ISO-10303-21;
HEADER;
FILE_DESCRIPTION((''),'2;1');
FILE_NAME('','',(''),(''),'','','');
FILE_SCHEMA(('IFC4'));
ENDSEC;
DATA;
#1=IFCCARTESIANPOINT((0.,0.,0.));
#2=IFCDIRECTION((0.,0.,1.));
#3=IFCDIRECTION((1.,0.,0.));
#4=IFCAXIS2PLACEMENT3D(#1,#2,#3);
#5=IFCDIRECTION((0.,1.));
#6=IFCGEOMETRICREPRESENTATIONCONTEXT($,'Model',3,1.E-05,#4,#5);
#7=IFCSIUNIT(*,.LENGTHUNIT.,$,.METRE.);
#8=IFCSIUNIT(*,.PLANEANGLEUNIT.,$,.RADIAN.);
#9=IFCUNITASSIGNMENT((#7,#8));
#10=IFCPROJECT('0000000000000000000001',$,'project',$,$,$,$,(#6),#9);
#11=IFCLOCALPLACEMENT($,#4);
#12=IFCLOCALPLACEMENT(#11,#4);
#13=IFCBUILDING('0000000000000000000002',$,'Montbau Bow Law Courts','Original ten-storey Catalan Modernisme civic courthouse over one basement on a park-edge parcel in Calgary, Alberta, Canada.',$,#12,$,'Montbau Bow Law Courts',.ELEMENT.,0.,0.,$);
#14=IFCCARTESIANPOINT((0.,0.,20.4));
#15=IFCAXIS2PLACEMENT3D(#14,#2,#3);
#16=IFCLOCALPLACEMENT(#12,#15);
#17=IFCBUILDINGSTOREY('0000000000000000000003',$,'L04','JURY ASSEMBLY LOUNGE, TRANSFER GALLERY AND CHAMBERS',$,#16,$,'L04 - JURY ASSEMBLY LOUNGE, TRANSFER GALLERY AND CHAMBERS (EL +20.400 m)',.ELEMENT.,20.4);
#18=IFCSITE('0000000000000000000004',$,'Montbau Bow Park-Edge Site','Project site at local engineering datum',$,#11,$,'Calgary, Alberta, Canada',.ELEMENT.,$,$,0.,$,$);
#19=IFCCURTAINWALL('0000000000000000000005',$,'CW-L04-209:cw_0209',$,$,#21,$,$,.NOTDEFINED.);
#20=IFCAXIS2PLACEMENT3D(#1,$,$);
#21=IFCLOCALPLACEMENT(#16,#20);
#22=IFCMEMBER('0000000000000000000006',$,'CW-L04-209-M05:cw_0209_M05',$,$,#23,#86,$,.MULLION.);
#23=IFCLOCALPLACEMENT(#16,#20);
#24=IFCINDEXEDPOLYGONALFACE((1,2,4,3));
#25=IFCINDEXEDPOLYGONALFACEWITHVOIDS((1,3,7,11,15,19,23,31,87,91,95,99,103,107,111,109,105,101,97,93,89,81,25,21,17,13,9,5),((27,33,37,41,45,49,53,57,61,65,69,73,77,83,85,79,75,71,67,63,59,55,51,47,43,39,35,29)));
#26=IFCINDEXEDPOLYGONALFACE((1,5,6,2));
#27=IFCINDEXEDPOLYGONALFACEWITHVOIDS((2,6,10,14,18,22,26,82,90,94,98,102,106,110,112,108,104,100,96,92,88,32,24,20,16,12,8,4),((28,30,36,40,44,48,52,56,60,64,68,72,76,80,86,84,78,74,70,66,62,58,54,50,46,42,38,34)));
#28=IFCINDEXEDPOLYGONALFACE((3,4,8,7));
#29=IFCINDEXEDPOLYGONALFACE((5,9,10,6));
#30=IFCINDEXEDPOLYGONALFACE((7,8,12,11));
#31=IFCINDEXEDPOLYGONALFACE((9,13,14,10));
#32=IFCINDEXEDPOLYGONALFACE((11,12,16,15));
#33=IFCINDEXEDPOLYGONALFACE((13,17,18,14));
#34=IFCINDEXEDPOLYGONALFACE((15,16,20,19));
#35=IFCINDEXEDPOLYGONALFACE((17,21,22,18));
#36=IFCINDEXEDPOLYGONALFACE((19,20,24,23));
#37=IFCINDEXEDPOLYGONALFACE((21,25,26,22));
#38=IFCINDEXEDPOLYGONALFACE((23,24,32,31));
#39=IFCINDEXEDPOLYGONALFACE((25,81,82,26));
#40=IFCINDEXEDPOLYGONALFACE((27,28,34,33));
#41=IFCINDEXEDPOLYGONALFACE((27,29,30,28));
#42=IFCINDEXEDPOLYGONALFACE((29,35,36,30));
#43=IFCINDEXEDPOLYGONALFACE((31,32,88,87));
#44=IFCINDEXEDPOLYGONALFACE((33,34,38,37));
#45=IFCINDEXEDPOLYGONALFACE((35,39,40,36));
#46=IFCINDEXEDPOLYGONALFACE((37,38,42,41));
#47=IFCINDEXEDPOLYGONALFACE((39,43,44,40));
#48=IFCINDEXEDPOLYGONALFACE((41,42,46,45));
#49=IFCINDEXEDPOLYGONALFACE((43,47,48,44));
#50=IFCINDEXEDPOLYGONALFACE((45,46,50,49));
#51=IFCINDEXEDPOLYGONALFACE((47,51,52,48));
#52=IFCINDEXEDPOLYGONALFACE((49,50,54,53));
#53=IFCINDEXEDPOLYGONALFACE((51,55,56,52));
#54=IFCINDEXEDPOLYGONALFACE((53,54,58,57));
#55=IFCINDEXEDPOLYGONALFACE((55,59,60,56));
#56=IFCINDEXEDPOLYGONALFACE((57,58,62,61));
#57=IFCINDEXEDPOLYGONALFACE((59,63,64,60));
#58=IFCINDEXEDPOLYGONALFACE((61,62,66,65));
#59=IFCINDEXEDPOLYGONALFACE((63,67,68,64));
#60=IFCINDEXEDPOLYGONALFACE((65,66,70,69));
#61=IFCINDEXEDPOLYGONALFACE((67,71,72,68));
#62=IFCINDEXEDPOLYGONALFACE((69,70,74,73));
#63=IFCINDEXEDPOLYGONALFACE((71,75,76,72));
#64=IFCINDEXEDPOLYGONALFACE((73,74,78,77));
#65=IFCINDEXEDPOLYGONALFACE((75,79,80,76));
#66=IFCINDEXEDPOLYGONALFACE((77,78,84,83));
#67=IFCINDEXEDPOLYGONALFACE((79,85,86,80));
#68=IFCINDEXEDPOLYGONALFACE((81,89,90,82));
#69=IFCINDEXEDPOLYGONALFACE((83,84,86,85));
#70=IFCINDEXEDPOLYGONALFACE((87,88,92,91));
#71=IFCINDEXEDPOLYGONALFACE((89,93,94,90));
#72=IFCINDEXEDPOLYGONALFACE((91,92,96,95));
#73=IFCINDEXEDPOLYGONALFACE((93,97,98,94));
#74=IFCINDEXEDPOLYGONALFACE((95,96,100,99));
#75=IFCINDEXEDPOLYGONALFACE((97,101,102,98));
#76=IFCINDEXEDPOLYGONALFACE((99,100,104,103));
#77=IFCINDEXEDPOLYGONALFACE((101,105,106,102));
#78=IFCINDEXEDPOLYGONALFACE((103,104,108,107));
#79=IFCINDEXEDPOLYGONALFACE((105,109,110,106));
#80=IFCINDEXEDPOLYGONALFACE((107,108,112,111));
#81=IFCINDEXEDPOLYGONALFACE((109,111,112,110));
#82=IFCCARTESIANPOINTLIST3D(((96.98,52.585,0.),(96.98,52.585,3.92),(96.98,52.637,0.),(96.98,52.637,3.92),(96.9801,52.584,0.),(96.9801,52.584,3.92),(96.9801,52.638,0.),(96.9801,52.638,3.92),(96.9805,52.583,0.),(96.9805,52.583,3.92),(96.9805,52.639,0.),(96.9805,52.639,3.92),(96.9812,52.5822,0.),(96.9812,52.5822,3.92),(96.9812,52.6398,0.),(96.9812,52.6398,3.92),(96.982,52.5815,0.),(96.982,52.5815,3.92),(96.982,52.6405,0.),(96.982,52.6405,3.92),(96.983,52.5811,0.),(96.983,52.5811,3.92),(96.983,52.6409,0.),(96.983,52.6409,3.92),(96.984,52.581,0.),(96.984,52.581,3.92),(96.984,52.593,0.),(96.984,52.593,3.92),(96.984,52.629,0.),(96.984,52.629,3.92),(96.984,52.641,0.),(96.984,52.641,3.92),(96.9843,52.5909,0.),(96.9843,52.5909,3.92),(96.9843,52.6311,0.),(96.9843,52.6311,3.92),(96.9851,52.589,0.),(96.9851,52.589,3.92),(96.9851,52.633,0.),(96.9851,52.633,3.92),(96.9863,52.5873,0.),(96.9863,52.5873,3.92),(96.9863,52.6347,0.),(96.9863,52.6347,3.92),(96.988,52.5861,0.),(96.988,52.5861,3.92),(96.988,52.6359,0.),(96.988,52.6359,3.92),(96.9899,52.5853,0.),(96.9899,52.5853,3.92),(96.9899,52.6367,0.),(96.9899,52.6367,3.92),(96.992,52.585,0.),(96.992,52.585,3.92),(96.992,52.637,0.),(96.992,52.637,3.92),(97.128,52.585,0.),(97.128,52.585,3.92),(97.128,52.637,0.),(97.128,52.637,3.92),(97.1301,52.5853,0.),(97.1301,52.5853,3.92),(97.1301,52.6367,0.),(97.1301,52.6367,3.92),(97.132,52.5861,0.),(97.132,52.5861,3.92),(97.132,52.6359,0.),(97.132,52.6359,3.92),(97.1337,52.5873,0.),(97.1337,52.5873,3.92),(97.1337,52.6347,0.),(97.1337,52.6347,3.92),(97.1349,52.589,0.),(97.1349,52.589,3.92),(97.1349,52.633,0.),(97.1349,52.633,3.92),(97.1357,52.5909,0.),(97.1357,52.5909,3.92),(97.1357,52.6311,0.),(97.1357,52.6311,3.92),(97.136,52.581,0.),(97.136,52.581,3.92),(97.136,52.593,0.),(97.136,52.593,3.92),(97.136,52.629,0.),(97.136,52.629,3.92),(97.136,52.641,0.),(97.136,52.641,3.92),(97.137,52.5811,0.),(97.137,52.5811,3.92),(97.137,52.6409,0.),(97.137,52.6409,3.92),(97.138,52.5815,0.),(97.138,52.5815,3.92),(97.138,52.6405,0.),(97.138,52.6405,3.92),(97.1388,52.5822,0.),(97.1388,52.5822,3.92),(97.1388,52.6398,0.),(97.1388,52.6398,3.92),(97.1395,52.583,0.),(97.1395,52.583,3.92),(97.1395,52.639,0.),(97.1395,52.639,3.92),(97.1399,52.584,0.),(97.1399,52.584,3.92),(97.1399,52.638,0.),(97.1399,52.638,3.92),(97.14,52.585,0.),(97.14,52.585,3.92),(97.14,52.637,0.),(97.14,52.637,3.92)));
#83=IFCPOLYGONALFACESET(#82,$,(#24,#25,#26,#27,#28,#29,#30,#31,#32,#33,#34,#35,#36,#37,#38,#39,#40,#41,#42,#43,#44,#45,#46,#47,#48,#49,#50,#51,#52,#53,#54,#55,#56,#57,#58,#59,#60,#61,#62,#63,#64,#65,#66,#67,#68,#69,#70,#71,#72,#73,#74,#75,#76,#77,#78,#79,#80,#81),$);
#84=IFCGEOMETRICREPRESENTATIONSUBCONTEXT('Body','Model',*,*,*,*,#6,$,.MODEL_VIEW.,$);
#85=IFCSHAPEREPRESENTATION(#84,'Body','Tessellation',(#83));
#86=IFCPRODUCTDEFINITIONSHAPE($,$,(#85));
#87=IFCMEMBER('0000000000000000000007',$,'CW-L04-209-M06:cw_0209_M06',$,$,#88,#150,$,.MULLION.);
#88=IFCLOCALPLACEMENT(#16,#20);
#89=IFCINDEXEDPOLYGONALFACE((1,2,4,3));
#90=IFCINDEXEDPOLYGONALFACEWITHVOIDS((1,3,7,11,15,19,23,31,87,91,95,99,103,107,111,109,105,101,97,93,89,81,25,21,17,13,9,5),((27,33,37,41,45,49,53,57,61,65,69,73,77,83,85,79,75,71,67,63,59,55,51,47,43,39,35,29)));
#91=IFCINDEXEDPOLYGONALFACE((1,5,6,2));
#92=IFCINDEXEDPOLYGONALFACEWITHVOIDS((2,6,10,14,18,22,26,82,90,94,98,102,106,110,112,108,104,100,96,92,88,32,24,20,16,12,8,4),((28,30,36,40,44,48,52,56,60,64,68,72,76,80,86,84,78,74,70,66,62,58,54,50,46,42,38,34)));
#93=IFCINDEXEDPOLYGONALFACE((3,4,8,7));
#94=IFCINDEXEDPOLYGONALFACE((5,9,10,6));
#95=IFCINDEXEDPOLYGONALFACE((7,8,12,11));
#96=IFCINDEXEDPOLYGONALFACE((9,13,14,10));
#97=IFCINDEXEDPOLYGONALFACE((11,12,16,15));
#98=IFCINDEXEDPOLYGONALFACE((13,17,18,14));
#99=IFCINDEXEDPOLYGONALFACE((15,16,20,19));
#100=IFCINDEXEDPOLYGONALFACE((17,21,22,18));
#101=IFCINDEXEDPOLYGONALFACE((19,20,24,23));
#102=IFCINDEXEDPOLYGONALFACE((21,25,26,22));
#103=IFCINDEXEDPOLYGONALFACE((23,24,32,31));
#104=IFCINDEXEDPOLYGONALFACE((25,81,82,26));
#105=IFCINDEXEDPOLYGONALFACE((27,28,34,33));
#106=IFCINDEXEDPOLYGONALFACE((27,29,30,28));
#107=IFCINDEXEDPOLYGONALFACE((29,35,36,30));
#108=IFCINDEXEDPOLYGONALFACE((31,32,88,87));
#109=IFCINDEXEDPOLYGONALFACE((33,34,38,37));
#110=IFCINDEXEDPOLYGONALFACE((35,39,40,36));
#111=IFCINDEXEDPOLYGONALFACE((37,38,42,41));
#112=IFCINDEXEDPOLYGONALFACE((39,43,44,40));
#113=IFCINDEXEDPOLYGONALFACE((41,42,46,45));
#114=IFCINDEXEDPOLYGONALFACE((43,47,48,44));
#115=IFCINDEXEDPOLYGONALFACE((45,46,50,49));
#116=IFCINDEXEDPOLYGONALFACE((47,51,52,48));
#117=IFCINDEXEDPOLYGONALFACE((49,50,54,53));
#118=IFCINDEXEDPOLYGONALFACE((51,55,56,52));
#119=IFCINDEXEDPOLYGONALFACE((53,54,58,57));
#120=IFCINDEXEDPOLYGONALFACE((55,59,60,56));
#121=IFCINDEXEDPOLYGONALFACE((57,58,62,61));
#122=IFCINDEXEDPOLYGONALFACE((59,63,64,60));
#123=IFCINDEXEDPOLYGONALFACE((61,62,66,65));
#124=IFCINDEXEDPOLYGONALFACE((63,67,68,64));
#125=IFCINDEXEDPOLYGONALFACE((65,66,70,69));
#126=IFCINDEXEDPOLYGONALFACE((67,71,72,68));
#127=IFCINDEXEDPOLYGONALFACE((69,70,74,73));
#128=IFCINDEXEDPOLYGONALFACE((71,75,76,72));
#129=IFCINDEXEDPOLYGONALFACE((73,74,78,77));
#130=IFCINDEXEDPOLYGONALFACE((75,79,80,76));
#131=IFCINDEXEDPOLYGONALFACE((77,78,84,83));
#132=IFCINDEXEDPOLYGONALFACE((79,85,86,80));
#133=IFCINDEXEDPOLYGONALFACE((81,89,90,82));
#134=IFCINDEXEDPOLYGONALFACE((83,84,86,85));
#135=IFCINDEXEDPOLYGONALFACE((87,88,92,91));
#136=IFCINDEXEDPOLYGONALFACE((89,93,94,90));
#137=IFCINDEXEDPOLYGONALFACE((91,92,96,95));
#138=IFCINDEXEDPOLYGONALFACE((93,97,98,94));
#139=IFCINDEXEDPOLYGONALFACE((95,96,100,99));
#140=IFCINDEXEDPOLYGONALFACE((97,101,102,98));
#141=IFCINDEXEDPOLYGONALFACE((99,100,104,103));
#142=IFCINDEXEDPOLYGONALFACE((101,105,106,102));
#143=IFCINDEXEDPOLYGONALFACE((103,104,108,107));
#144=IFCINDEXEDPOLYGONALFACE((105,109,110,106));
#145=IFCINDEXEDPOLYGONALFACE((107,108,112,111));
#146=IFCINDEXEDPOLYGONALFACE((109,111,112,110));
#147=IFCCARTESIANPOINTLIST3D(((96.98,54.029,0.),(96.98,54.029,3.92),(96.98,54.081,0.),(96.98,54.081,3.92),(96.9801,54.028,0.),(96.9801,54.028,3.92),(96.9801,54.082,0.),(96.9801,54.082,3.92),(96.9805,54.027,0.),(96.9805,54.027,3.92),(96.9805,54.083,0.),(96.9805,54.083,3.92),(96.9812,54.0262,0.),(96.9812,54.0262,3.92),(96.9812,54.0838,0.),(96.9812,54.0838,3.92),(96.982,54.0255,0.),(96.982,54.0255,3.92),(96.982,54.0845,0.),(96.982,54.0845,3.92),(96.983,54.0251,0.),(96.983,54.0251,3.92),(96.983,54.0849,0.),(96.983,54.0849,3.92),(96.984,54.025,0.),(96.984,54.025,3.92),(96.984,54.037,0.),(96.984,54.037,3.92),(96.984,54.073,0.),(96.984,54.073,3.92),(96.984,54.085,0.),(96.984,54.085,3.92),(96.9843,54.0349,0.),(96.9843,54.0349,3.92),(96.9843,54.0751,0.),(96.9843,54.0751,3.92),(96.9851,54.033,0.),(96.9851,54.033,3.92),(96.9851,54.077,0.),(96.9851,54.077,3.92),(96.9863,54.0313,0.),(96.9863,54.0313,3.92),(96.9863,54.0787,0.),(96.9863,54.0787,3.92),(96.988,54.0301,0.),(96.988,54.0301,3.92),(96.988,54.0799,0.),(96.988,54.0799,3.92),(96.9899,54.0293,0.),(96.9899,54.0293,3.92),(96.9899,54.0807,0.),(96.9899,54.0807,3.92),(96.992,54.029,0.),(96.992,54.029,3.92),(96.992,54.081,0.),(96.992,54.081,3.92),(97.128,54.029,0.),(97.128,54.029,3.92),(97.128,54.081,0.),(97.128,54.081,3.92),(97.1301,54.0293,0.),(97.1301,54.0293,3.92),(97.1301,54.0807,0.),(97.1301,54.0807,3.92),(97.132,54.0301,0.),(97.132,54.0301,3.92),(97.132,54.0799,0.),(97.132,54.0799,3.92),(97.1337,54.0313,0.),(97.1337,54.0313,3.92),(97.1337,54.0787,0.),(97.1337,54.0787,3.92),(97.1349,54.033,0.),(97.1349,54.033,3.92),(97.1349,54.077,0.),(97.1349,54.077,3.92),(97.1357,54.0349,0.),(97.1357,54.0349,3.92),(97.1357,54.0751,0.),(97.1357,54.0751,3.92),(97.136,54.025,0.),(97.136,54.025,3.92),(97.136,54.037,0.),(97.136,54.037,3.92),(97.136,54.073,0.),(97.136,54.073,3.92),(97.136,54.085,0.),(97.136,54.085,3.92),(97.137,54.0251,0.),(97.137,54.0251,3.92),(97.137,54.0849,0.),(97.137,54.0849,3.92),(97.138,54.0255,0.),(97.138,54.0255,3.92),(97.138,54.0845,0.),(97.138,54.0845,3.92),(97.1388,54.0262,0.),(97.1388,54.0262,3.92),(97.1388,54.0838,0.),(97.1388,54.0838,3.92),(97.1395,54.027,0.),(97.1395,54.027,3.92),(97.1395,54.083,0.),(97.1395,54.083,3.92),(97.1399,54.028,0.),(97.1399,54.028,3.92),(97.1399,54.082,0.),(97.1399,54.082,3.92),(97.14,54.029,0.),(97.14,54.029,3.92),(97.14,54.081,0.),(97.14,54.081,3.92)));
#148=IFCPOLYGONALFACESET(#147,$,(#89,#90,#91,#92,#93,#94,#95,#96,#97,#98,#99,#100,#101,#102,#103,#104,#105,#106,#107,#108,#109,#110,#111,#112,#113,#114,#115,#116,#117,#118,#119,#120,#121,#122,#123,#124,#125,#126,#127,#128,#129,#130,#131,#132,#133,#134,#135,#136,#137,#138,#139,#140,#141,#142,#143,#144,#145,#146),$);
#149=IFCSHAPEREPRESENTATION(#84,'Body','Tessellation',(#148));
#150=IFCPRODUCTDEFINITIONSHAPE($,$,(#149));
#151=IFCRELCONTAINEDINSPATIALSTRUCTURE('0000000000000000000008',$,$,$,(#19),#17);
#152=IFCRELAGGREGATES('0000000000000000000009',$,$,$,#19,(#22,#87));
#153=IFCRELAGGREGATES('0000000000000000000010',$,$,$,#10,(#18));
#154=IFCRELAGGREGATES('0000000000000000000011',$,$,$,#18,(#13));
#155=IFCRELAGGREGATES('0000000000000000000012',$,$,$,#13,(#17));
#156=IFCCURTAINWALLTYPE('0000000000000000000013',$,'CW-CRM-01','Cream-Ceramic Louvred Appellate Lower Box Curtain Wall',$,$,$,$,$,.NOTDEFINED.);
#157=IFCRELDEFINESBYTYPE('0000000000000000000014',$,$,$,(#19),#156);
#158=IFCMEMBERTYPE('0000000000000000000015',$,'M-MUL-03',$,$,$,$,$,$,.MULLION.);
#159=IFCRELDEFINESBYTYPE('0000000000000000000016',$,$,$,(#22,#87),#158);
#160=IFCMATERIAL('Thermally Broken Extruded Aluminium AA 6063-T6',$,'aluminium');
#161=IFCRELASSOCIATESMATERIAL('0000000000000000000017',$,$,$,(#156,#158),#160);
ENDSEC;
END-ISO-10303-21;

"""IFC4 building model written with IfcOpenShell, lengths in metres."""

from ifc_helpers import new_model, si_unit, direction, frame, origin_with_axes, origin_2d_with_axis, place, context, subcontext, project, spatial, hollow_rectangle, extrude, material, material_profile, profile_set, type_object, element, aggregate, save


model = new_model("IFC4")

# Units and contexts
model_context = context("Model", 3, precision=1e-05, world=origin_with_axes(), true_north=direction((0.0, 1.0)))
body_context = subcontext(model_context, "Body", "Model", "MODEL_VIEW")
ifc_project = project(units=[si_unit("LENGTHUNIT", "METRE"), si_unit("PLANEANGLEUNIT", "RADIAN")], contexts=[model_context])

# Site, building, storey
site_placement = place(None, origin_with_axes())
site = spatial("IfcSite", under=ifc_project, at=site_placement, Name="Montbau Bow Park-Edge Site", Description="Project site at local engineering datum", LongName="Calgary, Alberta, Canada", CompositionType="ELEMENT", RefElevation=0.0)
building_placement = place(site_placement, origin_with_axes())
building = spatial("IfcBuilding", under=site, at=building_placement, Name="Montbau Bow Law Courts", Description="Original ten-storey Catalan Modernisme civic courthouse over one basement on a park-edge parcel in Calgary, Alberta, Canada.", LongName="Montbau Bow Law Courts", CompositionType="ELEMENT", ElevationOfRefHeight=0.0, ElevationOfTerrain=0.0)
storey_placement = place(building_placement, frame((0.0, 0.0, 20.4), z_axis=(0.0, 0.0, 1.0), x_axis=(1.0, 0.0, 0.0)))
storey = spatial("IfcBuildingStorey", under=building, at=storey_placement, Name="L04", Description="JURY ASSEMBLY LOUNGE, TRANSFER GALLERY AND CHAMBERS", LongName="L04 - JURY ASSEMBLY LOUNGE, TRANSFER GALLERY AND CHAMBERS (EL +20.400 m)", CompositionType="ELEMENT", Elevation=20.4)

# Curtain wall, members
ifc_material_1 = material(Name="Thermally Broken Extruded Aluminium AA 6063-T6", Category="aluminium")
curtain_wall_type = type_object("IfcCurtainWallType", Name="CW-CRM-01", Description="Cream-Ceramic Louvred Appellate Lower Box Curtain Wall", PredefinedType="NOTDEFINED", material=ifc_material_1)
curtain_wall_1_placement = place(None, frame((97.06, 46.715, 20.4), z_axis=(0.0, 0.0, 1.0), x_axis=(1.0, 0.0, 0.0)))
curtain_wall_1 = element("IfcCurtainWall", 1, at=curtain_wall_1_placement, inside=storey, type_object=curtain_wall_type, Name="CW-L04-209:cw_0209", PredefinedType="NOTDEFINED")
ifc_material_profile_1 = material_profile(ifc_material_1, hollow_rectangle(XDim=0.06, YDim=0.16, WallThickness=0.004, InnerFilletRadius=0.008, OuterFilletRadius=0.004, at=origin_2d_with_axis()), Name="CWM-160X60", Category="Main", Priority=0)
ifc_profile_set_1 = profile_set([ifc_material_profile_1], Name="Thermally Broken Extruded Aluminium AA 6063-T6")
member_type_1 = type_object("IfcMemberType", Name="M-MUL-03", PredefinedType="MULLION", material=ifc_profile_set_1)
member_1_placement = place(None, frame((97.06, 52.611, 20.4), z_axis=(0.0, 0.0, 1.0), x_axis=(0.0, 1.0, 0.0)))
member_1 = element("IfcMember", 2, at=member_1_placement, type_object=member_type_1, Name="CW-L04-209-M05:cw_0209_M05", PredefinedType="MULLION", context=body_context, shape_type="SweptSolid", body=[
    extrude(hollow_rectangle(XDim=0.06, YDim=0.16, WallThickness=0.004, InnerFilletRadius=0.008, OuterFilletRadius=0.004, at=origin_2d_with_axis()), origin_with_axes(), (0.0, 0.0, 1.0), 3.92),
])
member_2_placement = place(None, frame((97.06, 54.055, 20.4), z_axis=(0.0, 0.0, 1.0), x_axis=(0.0, 1.0, 0.0)))
member_2 = element("IfcMember", 3, at=member_2_placement, type_object=member_type_1, Name="CW-L04-209-M06:cw_0209_M06", PredefinedType="MULLION", context=body_context, shape_type="SweptSolid", body=[
    extrude(hollow_rectangle(XDim=0.06, YDim=0.16, WallThickness=0.004, InnerFilletRadius=0.008, OuterFilletRadius=0.004, at=origin_2d_with_axis()), origin_with_axes(), (0.0, 0.0, 1.0), 3.92),
])

aggregate(curtain_wall_1, [member_1, member_2])

save(model, "model.ifc")
